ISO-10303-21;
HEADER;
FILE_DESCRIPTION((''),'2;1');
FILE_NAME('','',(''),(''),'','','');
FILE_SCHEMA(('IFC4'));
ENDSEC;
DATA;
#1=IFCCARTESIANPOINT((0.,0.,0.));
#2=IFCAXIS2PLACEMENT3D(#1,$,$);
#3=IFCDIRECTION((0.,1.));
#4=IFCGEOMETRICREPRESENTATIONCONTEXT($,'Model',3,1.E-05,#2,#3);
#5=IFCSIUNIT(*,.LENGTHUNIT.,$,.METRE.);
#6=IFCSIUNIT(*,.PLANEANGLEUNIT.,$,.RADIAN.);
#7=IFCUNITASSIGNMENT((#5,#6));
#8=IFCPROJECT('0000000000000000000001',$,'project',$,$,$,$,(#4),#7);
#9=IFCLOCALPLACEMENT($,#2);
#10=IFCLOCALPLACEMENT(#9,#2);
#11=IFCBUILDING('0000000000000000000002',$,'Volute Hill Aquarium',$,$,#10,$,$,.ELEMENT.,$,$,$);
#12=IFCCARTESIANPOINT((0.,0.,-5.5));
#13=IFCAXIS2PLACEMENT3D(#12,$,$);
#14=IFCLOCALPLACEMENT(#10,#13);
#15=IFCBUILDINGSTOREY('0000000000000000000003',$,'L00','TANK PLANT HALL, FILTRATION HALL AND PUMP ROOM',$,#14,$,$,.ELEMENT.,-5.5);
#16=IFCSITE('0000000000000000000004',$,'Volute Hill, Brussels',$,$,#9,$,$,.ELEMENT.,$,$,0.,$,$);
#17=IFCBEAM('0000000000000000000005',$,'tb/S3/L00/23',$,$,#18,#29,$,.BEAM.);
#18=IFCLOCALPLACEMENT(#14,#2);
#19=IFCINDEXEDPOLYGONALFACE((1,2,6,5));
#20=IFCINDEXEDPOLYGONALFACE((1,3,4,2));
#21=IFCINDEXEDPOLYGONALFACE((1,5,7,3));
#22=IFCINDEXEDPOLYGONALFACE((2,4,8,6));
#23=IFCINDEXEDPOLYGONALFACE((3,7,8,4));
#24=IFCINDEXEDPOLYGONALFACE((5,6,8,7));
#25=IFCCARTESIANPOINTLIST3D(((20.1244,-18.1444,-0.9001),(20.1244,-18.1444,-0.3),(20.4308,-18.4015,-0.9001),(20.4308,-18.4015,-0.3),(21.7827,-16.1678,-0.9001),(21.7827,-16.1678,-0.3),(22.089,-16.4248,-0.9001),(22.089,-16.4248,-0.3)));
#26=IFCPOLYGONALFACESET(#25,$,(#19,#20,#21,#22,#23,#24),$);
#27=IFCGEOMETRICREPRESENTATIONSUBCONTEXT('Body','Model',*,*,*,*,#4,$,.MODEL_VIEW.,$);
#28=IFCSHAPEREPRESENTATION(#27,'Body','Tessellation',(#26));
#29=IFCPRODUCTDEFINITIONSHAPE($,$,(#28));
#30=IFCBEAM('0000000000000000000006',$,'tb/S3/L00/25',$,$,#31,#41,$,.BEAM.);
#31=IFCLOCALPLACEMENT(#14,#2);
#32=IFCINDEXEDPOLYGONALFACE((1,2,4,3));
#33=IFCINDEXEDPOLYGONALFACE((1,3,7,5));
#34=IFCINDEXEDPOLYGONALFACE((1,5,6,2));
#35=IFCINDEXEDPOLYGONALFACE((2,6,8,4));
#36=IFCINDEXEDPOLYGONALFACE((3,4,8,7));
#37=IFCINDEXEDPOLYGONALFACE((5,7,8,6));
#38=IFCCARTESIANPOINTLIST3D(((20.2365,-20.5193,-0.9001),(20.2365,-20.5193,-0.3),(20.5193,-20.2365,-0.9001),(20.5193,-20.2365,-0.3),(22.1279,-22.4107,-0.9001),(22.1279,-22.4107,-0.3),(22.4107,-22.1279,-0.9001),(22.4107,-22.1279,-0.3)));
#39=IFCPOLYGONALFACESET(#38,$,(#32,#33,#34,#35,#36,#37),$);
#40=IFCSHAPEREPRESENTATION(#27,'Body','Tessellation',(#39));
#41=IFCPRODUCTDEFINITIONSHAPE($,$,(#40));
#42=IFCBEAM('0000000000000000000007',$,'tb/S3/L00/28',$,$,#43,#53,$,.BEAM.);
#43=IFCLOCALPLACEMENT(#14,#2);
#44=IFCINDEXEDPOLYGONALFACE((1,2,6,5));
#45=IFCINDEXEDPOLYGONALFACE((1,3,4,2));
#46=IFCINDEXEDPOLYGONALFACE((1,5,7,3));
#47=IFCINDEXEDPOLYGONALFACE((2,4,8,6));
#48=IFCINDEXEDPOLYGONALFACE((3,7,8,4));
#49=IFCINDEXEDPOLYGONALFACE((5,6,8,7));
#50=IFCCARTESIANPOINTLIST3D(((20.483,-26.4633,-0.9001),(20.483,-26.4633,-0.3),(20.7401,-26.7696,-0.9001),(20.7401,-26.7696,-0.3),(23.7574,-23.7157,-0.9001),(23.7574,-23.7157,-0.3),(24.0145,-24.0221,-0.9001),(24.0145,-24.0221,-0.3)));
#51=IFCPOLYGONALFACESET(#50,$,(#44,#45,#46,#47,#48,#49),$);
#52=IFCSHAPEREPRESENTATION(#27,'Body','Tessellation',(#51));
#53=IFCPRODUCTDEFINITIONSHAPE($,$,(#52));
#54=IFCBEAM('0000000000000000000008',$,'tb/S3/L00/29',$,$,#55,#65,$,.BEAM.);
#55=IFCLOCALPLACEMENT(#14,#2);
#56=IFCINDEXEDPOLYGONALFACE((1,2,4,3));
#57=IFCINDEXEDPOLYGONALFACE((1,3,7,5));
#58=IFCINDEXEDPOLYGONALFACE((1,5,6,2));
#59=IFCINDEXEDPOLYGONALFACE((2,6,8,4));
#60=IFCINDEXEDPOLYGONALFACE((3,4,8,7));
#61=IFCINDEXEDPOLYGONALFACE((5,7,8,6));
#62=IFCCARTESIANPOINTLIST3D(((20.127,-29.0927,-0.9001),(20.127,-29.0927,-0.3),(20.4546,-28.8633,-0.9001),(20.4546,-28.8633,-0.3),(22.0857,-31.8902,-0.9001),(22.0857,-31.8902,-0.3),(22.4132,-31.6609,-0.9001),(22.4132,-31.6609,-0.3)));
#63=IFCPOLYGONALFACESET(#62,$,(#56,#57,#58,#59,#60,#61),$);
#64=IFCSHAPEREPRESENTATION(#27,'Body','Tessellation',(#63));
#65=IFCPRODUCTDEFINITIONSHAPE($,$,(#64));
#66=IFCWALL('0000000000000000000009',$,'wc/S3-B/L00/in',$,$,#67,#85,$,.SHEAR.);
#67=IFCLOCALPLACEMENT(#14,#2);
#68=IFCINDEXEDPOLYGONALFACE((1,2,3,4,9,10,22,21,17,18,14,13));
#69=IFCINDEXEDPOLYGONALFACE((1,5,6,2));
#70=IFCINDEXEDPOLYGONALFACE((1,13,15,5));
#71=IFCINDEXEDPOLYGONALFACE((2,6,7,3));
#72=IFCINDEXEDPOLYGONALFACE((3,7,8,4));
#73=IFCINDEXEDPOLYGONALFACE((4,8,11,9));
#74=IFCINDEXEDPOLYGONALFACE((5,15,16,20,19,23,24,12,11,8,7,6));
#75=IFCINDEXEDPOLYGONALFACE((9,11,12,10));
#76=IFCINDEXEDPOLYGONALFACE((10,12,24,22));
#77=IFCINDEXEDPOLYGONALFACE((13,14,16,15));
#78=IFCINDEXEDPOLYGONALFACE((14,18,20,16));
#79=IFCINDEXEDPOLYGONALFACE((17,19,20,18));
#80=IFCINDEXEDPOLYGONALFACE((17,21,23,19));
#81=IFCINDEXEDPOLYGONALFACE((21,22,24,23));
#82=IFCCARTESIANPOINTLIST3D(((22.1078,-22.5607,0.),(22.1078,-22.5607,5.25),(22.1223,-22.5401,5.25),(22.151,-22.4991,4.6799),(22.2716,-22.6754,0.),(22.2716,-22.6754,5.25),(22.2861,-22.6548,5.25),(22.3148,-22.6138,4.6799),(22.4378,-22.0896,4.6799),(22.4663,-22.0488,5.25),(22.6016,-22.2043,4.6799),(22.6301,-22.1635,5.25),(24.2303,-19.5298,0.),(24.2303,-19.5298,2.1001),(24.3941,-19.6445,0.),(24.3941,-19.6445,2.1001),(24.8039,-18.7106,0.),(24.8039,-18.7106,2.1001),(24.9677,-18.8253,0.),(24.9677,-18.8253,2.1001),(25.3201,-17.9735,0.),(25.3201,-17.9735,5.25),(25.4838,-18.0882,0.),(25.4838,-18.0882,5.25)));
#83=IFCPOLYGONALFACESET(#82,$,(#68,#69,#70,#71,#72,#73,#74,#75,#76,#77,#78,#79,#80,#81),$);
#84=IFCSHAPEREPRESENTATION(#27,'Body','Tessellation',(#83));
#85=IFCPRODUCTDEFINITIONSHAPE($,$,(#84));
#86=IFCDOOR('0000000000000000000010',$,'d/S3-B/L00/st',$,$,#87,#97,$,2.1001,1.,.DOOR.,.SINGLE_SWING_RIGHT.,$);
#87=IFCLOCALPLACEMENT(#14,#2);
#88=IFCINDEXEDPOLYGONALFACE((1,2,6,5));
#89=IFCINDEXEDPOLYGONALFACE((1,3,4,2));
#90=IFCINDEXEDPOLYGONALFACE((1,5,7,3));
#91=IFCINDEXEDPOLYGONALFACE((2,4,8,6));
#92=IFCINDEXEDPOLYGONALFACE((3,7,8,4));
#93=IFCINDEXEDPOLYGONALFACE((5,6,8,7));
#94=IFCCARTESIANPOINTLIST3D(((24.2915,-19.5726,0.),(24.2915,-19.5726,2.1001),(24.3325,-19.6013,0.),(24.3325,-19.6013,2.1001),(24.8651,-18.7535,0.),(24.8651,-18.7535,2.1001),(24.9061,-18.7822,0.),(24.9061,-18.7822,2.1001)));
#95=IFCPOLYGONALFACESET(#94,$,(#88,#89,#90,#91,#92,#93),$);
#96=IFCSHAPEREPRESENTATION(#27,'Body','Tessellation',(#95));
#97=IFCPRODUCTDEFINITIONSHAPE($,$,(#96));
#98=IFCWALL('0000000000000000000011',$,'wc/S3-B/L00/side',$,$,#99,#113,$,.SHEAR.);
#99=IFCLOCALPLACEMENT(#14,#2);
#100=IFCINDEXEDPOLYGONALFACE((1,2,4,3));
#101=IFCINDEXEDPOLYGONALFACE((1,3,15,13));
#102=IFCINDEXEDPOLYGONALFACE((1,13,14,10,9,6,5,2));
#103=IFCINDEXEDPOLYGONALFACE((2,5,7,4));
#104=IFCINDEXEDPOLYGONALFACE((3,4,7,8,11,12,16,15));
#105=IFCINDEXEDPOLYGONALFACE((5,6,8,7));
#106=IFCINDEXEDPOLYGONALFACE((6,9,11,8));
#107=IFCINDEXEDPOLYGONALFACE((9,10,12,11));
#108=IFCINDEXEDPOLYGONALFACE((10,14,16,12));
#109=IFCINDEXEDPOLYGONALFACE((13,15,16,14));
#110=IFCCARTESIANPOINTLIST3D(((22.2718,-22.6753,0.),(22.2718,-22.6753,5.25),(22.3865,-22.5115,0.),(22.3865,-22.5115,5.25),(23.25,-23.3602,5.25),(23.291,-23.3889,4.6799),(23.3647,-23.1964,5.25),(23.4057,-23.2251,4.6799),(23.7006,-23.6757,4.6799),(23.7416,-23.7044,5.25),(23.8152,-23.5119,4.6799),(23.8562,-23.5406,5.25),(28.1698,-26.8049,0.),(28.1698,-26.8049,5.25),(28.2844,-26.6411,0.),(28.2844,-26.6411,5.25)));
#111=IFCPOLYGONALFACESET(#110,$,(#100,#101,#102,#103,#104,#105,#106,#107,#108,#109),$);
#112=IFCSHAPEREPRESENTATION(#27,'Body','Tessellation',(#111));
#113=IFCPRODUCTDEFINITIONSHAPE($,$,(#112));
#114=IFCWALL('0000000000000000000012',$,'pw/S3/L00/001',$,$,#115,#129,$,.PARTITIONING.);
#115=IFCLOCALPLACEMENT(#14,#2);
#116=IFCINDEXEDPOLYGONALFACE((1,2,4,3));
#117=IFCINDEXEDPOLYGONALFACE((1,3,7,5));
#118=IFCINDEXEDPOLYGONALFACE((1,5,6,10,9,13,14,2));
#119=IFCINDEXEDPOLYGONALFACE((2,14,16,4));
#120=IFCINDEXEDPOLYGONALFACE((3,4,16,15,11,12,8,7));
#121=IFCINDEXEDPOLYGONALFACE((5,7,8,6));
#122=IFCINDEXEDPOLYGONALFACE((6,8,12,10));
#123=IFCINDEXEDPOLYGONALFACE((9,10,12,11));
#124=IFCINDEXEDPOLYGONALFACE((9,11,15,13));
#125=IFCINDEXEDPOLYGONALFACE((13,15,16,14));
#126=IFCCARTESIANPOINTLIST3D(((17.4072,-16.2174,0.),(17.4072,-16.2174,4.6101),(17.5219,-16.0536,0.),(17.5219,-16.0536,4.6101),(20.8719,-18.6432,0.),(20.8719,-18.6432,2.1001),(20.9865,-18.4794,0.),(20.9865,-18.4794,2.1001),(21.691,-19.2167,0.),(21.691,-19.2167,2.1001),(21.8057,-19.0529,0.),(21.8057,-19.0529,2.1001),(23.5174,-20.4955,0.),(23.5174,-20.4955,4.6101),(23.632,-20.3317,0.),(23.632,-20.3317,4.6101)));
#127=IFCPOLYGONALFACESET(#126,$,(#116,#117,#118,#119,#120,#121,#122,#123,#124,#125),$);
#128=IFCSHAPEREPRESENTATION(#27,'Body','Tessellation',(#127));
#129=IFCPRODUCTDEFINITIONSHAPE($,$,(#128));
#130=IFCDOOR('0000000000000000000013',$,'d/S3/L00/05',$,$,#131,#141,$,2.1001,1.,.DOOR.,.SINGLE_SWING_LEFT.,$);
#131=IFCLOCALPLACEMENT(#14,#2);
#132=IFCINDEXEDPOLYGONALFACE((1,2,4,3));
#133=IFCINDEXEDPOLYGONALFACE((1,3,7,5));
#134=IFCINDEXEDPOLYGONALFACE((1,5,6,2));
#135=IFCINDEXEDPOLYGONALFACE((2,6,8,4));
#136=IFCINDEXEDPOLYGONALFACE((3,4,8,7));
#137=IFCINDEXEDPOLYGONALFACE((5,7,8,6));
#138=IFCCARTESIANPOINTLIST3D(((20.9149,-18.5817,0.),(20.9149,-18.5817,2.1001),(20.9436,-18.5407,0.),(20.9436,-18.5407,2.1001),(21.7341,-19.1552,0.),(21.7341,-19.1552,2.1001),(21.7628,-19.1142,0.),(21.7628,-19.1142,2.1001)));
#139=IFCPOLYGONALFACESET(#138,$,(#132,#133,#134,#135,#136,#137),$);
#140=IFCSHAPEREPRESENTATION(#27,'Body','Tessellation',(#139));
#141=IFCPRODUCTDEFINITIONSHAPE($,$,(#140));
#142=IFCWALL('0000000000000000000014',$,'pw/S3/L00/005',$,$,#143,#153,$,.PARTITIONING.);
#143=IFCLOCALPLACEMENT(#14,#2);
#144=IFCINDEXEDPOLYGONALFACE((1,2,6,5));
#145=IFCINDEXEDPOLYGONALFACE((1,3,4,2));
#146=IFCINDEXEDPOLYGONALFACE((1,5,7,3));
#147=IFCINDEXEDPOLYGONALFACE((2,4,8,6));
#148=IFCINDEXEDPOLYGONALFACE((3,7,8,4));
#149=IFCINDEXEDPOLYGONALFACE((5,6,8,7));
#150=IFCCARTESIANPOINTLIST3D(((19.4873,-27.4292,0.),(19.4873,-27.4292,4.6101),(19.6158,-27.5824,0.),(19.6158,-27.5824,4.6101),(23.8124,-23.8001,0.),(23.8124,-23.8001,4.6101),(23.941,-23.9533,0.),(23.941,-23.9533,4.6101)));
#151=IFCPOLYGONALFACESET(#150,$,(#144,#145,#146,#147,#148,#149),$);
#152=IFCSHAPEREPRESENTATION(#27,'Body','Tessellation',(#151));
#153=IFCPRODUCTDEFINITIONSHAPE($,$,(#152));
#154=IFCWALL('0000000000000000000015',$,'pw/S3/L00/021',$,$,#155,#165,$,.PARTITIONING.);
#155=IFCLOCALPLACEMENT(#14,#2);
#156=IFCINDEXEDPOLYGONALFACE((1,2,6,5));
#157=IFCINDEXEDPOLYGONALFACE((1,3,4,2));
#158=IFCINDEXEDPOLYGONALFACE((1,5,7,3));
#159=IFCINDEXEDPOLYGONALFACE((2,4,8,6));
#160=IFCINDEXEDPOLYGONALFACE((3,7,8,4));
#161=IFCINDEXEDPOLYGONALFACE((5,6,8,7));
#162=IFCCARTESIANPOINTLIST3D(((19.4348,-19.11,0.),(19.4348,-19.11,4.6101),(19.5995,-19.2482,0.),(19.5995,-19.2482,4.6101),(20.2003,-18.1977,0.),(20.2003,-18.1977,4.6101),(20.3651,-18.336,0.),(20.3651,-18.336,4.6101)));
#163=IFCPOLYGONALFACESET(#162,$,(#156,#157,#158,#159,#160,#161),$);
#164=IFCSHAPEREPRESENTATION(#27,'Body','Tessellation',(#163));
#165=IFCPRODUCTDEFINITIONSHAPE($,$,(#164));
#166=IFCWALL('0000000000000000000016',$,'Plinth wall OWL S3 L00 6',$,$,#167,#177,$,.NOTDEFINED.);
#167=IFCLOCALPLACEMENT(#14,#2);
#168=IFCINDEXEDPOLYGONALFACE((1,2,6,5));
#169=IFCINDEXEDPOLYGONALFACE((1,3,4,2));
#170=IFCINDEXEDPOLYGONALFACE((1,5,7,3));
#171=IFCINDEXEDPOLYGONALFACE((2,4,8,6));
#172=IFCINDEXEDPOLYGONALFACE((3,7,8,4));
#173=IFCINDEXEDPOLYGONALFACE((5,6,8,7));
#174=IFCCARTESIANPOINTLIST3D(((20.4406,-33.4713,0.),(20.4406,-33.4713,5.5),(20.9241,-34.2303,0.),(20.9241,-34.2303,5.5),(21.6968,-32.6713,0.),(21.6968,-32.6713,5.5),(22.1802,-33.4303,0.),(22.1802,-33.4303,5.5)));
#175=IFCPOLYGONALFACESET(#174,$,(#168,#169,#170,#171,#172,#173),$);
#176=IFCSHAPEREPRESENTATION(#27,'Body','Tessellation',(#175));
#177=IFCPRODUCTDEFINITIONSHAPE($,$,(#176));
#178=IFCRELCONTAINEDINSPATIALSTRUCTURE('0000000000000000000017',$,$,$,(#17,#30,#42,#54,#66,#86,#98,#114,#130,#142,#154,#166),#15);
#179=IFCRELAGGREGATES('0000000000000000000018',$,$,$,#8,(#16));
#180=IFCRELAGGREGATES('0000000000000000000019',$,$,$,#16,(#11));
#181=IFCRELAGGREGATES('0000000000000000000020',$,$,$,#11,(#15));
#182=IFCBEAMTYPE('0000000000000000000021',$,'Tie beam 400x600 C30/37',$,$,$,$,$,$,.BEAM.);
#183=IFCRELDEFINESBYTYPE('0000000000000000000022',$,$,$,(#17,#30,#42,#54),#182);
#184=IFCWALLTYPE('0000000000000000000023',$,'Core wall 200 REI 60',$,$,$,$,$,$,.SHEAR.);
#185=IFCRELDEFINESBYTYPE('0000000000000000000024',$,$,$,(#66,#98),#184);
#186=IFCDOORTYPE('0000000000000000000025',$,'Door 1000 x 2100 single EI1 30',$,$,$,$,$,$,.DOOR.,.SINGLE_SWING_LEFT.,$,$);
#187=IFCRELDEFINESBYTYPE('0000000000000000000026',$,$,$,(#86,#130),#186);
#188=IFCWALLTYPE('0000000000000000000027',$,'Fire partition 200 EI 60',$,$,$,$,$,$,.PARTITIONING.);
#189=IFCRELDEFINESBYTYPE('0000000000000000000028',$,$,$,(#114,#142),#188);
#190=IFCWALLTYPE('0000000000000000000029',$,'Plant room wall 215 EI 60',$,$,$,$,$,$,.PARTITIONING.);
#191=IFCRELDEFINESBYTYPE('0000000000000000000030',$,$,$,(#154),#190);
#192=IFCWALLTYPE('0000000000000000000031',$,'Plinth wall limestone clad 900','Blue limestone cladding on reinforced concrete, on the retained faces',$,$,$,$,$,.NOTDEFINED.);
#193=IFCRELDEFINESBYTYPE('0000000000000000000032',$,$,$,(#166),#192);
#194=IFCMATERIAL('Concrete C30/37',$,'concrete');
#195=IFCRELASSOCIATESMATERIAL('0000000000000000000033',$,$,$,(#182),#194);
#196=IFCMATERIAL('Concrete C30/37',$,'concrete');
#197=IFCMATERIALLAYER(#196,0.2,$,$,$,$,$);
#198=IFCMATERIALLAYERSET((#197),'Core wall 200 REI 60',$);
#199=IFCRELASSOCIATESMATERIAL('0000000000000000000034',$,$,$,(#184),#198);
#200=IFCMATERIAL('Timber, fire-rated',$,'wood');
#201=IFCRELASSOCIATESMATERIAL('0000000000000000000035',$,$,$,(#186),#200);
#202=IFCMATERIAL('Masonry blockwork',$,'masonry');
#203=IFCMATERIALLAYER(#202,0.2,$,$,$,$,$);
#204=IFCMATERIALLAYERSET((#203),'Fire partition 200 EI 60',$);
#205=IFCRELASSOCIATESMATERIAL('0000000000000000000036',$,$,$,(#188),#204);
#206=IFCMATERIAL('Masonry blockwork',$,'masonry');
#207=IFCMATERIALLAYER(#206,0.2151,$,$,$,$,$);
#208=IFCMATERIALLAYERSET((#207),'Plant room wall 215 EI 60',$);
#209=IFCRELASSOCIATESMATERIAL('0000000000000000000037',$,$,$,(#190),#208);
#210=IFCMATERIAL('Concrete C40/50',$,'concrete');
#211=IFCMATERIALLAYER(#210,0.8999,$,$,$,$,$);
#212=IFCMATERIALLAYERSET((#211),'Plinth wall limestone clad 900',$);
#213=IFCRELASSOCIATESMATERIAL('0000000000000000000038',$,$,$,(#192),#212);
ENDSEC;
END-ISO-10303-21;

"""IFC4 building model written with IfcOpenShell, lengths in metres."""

from ifc_helpers import new_model, si_unit, direction, frame, frame_2d, origin, origin_2d, place, context, subcontext, project, spatial, polyline, rectangle, outline, extrude, material, layer, layer_set, material_profile, profile_set, type_object, element, fill, save


model = new_model("IFC4")

# Units and contexts
model_context = context("Model", 3, precision=1e-05, world=origin(), true_north=direction((0.0, 1.0)))
body_context = subcontext(model_context, "Body", "Model", "MODEL_VIEW")
ifc_project = project(units=[si_unit("LENGTHUNIT", "METRE"), si_unit("PLANEANGLEUNIT", "RADIAN")], contexts=[model_context])

# Site, building, storey
site_placement = place(None, origin())
site = spatial("IfcSite", under=ifc_project, at=site_placement, Name="Volute Hill, Brussels", CompositionType="ELEMENT", RefElevation=0.0)
building_placement = place(site_placement, origin())
building = spatial("IfcBuilding", under=site, at=building_placement, Name="Volute Hill Aquarium", CompositionType="ELEMENT")
storey_placement = place(building_placement, frame((0.0, 0.0, -5.5)))
storey = spatial("IfcBuildingStorey", under=building, at=storey_placement, Name="L00", Description="TANK PLANT HALL, FILTRATION HALL AND PUMP ROOM", CompositionType="ELEMENT", Elevation=-5.5)

# Beams
ifc_material_1 = material(Name="Concrete C30/37", Category="concrete")
ifc_material_profile = material_profile(ifc_material_1, rectangle(XDim=0.3999, YDim=0.6001, at=origin_2d()), Name="RC tie beam 400x600")
ifc_profile_set = profile_set([ifc_material_profile], Name="Concrete C30/37")
beam_type = type_object("IfcBeamType", Name="Tie beam 400x600 C30/37", PredefinedType="BEAM", material=ifc_profile_set)
beam_1_placement = place(storey_placement, frame((20.2776, -18.2729, -0.6001), z_axis=(0.642713, 0.766107, 0.0), x_axis=(-0.766107, 0.642713, 0.0)))
element("IfcBeam", 1, at=beam_1_placement, inside=storey, type_object=beam_type, Name="tb/S3/L00/23", PredefinedType="BEAM", context=body_context, shape_type="SweptSolid", body=[
    extrude(rectangle(XDim=0.3999, YDim=0.6001, at=origin_2d()), origin(), (0.0, 0.0, 1.0), 2.5801),
])
beam_2_placement = place(storey_placement, frame((20.3779, -20.3779, -0.6001), z_axis=(0.707107, -0.707107, 0.0), x_axis=(0.707107, 0.707107, 0.0)))
element("IfcBeam", 2, at=beam_2_placement, inside=storey, type_object=beam_type, Name="tb/S3/L00/25", PredefinedType="BEAM", context=body_context, shape_type="SweptSolid", body=[
    extrude(rectangle(XDim=0.3999, YDim=0.6001, at=origin_2d()), origin(), (0.0, 0.0, 1.0), 2.6748),
])
beam_3_placement = place(storey_placement, frame((20.6116, -26.6165, -0.6001), z_axis=(0.766045, 0.642787, 0.0), x_axis=(-0.642787, 0.766045, 0.0)))
element("IfcBeam", 3, at=beam_3_placement, inside=storey, type_object=beam_type, Name="tb/S3/L00/28", PredefinedType="BEAM", context=body_context, shape_type="SweptSolid", body=[
    extrude(rectangle(XDim=0.3999, YDim=0.6001, at=origin_2d()), origin(), (0.0, 0.0, 1.0), 4.2744),
])
beam_4_placement = place(storey_placement, frame((20.2908, -28.978, -0.6001), z_axis=(0.573544, -0.819175, 0.0), x_axis=(0.819175, 0.573544, 0.0)))
element("IfcBeam", 4, at=beam_4_placement, inside=storey, type_object=beam_type, Name="tb/S3/L00/29", PredefinedType="BEAM", context=body_context, shape_type="SweptSolid", body=[
    extrude(rectangle(XDim=0.3999, YDim=0.6001, at=origin_2d()), origin(), (0.0, 0.0, 1.0), 3.415),
])

# Wall, opening, door
ifc_material_2 = material(Name="Concrete C30/37", Category="concrete")
ifc_layer_1 = layer(ifc_material_2, 0.2)
ifc_layer_set_1 = layer_set([ifc_layer_1], Name="Core wall 200 REI 60")
wall_type_1 = type_object("IfcWallType", Name="Core wall 200 REI 60", PredefinedType="SHEAR", material=ifc_layer_set_1)
wall_1_placement = place(storey_placement, frame((25.4019, -18.0308, 0.0), z_axis=(0.0, 0.0, 1.0), x_axis=(-0.5736, -0.819136, 0.0)))
wall_1 = element("IfcWall", 5, at=wall_1_placement, inside=storey, type_object=wall_type_1, Name="wc/S3-B/L00/in", PredefinedType="SHEAR", context=body_context, shape_type="SweptSolid", body=[
    extrude(outline(polyline([(0.0, 0.0), (5.6001, 0.0), (5.6001, 5.25), (5.575, 5.25), (5.5249, 4.6799), (5.0249, 4.6799), (4.9751, 5.25), (0.0, 5.25), (0.0, 0.0)])), frame((0.0, 0.1001, 0.0), z_axis=(0.0, -1.0, 0.0), x_axis=(1.0, 0.0, 0.0)), (0.0, 0.0, 1.0), 0.2),
])
opening_1_placement = place(wall_1_placement, frame((0.8999, 0.0, 0.0)))
opening_1 = element("IfcOpeningElement", 6, at=opening_1_placement, cuts=wall_1, PredefinedType="OPENING", context=body_context, shape_type="SweptSolid", body=[
    extrude(rectangle(XDim=1.0, YDim=2.1001, at=frame_2d((0.5, 1.05))), frame((0.0, 0.1099, 0.0), z_axis=(0.0, -1.0, 0.0), x_axis=(1.0, 0.0, 0.0)), (0.0, 0.0, 1.0), 0.22),
])
ifc_material_3 = material(Name="Timber, fire-rated", Category="wood")
door_type = type_object("IfcDoorType", Name="Door 1000 x 2100 single EI1 30", OperationType="SINGLE_SWING_LEFT", PredefinedType="DOOR", material=ifc_material_3)
door_1_placement = place(opening_1_placement, origin())
door_1 = element("IfcDoor", 7, at=door_1_placement, inside=storey, type_object=door_type, Name="d/S3-B/L00/st", OperationType="SINGLE_SWING_RIGHT", OverallHeight=2.1001, OverallWidth=1.0, PredefinedType="DOOR", context=body_context, shape_type="SweptSolid", body=[
    extrude(rectangle(XDim=1.0, YDim=2.1001, at=frame_2d((0.5, 1.05))), frame((0.0, 0.0249, 0.0), z_axis=(0.0, -1.0, 0.0), x_axis=(1.0, 0.0, 0.0)), (0.0, 0.0, 1.0), 0.05),
])
fill(opening_1, door_1)

# Wall
wall_2_placement = place(storey_placement, frame((22.3291, -22.5935, 0.0), z_axis=(0.0, 0.0, 1.0), x_axis=(0.819162, -0.573562, 0.0)))
element("IfcWall", 8, at=wall_2_placement, inside=storey, type_object=wall_type_1, Name="wc/S3-B/L00/side", PredefinedType="SHEAR", context=body_context, shape_type="SweptSolid", body=[
    extrude(outline(polyline([(0.0, 0.0), (7.2, 0.0), (7.2, 5.25), (1.7942, 5.25), (1.7441, 4.6799), (1.2441, 4.6799), (1.1941, 5.25), (0.0, 5.25), (0.0, 0.0)])), frame((0.0, 0.1001, 0.0), z_axis=(0.0, -1.0, 0.0), x_axis=(1.0, 0.0, 0.0)), (0.0, 0.0, 1.0), 0.2),
])

# Wall, opening, door
ifc_material_4 = material(Name="Masonry blockwork", Category="masonry")
ifc_layer_2 = layer(ifc_material_4, 0.2)
ifc_layer_set_2 = layer_set([ifc_layer_2], Name="Fire partition 200 EI 60")
wall_type_2 = type_object("IfcWallType", Name="Fire partition 200 EI 60", PredefinedType="PARTITIONING", material=ifc_layer_set_2)
wall_3_placement = place(storey_placement, frame((23.5747, -20.4136, 0.0), z_axis=(0.0, 0.0, 1.0), x_axis=(-0.819169, 0.573552, 0.0)))
wall_3 = element("IfcWall", 9, at=wall_3_placement, inside=storey, type_object=wall_type_2, Name="pw/S3/L00/001", PredefinedType="PARTITIONING", context=body_context, shape_type="SweptSolid", body=[
    extrude(rectangle(XDim=7.459, YDim=0.2, at=frame_2d((3.7295, 0.0))), origin(), (0.0, 0.0, 1.0), 4.6101),
])
opening_2_placement = place(wall_3_placement, frame((2.2295, 0.0, 0.0)))
opening_2 = element("IfcOpeningElement", 10, at=opening_2_placement, cuts=wall_3, PredefinedType="OPENING", context=body_context, shape_type="SweptSolid", body=[
    extrude(rectangle(XDim=1.0, YDim=2.1001, at=frame_2d((0.5, 1.05))), frame((0.0, 0.1099, 0.0), z_axis=(0.0, -1.0, 0.0), x_axis=(1.0, 0.0, 0.0)), (0.0, 0.0, 1.0), 0.22),
])
door_2_placement = place(opening_2_placement, origin())
door_2 = element("IfcDoor", 11, at=door_2_placement, inside=storey, type_object=door_type, Name="d/S3/L00/05", OperationType="SINGLE_SWING_LEFT", OverallHeight=2.1001, OverallWidth=1.0, PredefinedType="DOOR", context=body_context, shape_type="SweptSolid", body=[
    extrude(rectangle(XDim=1.0, YDim=2.1001, at=frame_2d((0.5, 1.05))), frame((0.0, 0.0249, 0.0), z_axis=(0.0, -1.0, 0.0), x_axis=(1.0, 0.0, 0.0)), (0.0, 0.0, 1.0), 0.05),
])
fill(opening_2, door_2)

# Walls
wall_4_placement = place(storey_placement, frame((23.8767, -23.8767, 0.0), z_axis=(0.0, 0.0, 1.0), x_axis=(-0.766055, -0.642775, 0.0)))
element("IfcWall", 12, at=wall_4_placement, inside=storey, type_object=wall_type_2, Name="pw/S3/L00/005", PredefinedType="PARTITIONING", context=body_context, shape_type="SweptSolid", body=[
    extrude(rectangle(XDim=5.646, YDim=0.2, at=frame_2d((2.823, 0.0))), origin(), (0.0, 0.0, 1.0), 4.6101),
])
ifc_material_5 = material(Name="Masonry blockwork", Category="masonry")
ifc_layer_3 = layer(ifc_material_5, 0.2151)
ifc_layer_set_3 = layer_set([ifc_layer_3], Name="Plant room wall 215 EI 60")
wall_type_3 = type_object("IfcWallType", Name="Plant room wall 215 EI 60", PredefinedType="PARTITIONING", material=ifc_layer_set_3)
wall_5_placement = place(storey_placement, frame((20.2827, -18.2668, 0.0), z_axis=(0.0, 0.0, 1.0), x_axis=(-0.642822, -0.766016, 0.0)))
element("IfcWall", 13, at=wall_5_placement, inside=storey, type_object=wall_type_3, Name="pw/S3/L00/021", PredefinedType="PARTITIONING", context=body_context, shape_type="SweptSolid", body=[
    extrude(rectangle(XDim=1.1909, YDim=0.2151, at=frame_2d((0.5955, 0.0))), origin(), (0.0, 0.0, 1.0), 4.6101),
])
ifc_material_6 = material(Name="Concrete C40/50", Category="concrete")
ifc_layer_4 = layer(ifc_material_6, 0.8999)
ifc_layer_set_4 = layer_set([ifc_layer_4], Name="Plinth wall limestone clad 900")
wall_type_4 = type_object("IfcWallType", Name="Plinth wall limestone clad 900", Description="Blue limestone cladding on reinforced concrete, on the retained faces", PredefinedType="NOTDEFINED", material=ifc_layer_set_4)
wall_6_placement = place(storey_placement, frame((21.9385, -33.0508, 0.0), z_axis=(0.0, 0.0, 1.0), x_axis=(-0.843445, -0.537215, 0.0)))
element("IfcWall", 14, at=wall_6_placement, inside=storey, type_object=wall_type_4, Name="Plinth wall OWL S3 L00 6", PredefinedType="NOTDEFINED", context=body_context, shape_type="SweptSolid", body=[
    extrude(rectangle(XDim=1.4893, YDim=0.8999, at=frame_2d((0.7446, 0.0))), origin(), (0.0, 0.0, 1.0), 5.5),
])

save(model, "model.ifc")
